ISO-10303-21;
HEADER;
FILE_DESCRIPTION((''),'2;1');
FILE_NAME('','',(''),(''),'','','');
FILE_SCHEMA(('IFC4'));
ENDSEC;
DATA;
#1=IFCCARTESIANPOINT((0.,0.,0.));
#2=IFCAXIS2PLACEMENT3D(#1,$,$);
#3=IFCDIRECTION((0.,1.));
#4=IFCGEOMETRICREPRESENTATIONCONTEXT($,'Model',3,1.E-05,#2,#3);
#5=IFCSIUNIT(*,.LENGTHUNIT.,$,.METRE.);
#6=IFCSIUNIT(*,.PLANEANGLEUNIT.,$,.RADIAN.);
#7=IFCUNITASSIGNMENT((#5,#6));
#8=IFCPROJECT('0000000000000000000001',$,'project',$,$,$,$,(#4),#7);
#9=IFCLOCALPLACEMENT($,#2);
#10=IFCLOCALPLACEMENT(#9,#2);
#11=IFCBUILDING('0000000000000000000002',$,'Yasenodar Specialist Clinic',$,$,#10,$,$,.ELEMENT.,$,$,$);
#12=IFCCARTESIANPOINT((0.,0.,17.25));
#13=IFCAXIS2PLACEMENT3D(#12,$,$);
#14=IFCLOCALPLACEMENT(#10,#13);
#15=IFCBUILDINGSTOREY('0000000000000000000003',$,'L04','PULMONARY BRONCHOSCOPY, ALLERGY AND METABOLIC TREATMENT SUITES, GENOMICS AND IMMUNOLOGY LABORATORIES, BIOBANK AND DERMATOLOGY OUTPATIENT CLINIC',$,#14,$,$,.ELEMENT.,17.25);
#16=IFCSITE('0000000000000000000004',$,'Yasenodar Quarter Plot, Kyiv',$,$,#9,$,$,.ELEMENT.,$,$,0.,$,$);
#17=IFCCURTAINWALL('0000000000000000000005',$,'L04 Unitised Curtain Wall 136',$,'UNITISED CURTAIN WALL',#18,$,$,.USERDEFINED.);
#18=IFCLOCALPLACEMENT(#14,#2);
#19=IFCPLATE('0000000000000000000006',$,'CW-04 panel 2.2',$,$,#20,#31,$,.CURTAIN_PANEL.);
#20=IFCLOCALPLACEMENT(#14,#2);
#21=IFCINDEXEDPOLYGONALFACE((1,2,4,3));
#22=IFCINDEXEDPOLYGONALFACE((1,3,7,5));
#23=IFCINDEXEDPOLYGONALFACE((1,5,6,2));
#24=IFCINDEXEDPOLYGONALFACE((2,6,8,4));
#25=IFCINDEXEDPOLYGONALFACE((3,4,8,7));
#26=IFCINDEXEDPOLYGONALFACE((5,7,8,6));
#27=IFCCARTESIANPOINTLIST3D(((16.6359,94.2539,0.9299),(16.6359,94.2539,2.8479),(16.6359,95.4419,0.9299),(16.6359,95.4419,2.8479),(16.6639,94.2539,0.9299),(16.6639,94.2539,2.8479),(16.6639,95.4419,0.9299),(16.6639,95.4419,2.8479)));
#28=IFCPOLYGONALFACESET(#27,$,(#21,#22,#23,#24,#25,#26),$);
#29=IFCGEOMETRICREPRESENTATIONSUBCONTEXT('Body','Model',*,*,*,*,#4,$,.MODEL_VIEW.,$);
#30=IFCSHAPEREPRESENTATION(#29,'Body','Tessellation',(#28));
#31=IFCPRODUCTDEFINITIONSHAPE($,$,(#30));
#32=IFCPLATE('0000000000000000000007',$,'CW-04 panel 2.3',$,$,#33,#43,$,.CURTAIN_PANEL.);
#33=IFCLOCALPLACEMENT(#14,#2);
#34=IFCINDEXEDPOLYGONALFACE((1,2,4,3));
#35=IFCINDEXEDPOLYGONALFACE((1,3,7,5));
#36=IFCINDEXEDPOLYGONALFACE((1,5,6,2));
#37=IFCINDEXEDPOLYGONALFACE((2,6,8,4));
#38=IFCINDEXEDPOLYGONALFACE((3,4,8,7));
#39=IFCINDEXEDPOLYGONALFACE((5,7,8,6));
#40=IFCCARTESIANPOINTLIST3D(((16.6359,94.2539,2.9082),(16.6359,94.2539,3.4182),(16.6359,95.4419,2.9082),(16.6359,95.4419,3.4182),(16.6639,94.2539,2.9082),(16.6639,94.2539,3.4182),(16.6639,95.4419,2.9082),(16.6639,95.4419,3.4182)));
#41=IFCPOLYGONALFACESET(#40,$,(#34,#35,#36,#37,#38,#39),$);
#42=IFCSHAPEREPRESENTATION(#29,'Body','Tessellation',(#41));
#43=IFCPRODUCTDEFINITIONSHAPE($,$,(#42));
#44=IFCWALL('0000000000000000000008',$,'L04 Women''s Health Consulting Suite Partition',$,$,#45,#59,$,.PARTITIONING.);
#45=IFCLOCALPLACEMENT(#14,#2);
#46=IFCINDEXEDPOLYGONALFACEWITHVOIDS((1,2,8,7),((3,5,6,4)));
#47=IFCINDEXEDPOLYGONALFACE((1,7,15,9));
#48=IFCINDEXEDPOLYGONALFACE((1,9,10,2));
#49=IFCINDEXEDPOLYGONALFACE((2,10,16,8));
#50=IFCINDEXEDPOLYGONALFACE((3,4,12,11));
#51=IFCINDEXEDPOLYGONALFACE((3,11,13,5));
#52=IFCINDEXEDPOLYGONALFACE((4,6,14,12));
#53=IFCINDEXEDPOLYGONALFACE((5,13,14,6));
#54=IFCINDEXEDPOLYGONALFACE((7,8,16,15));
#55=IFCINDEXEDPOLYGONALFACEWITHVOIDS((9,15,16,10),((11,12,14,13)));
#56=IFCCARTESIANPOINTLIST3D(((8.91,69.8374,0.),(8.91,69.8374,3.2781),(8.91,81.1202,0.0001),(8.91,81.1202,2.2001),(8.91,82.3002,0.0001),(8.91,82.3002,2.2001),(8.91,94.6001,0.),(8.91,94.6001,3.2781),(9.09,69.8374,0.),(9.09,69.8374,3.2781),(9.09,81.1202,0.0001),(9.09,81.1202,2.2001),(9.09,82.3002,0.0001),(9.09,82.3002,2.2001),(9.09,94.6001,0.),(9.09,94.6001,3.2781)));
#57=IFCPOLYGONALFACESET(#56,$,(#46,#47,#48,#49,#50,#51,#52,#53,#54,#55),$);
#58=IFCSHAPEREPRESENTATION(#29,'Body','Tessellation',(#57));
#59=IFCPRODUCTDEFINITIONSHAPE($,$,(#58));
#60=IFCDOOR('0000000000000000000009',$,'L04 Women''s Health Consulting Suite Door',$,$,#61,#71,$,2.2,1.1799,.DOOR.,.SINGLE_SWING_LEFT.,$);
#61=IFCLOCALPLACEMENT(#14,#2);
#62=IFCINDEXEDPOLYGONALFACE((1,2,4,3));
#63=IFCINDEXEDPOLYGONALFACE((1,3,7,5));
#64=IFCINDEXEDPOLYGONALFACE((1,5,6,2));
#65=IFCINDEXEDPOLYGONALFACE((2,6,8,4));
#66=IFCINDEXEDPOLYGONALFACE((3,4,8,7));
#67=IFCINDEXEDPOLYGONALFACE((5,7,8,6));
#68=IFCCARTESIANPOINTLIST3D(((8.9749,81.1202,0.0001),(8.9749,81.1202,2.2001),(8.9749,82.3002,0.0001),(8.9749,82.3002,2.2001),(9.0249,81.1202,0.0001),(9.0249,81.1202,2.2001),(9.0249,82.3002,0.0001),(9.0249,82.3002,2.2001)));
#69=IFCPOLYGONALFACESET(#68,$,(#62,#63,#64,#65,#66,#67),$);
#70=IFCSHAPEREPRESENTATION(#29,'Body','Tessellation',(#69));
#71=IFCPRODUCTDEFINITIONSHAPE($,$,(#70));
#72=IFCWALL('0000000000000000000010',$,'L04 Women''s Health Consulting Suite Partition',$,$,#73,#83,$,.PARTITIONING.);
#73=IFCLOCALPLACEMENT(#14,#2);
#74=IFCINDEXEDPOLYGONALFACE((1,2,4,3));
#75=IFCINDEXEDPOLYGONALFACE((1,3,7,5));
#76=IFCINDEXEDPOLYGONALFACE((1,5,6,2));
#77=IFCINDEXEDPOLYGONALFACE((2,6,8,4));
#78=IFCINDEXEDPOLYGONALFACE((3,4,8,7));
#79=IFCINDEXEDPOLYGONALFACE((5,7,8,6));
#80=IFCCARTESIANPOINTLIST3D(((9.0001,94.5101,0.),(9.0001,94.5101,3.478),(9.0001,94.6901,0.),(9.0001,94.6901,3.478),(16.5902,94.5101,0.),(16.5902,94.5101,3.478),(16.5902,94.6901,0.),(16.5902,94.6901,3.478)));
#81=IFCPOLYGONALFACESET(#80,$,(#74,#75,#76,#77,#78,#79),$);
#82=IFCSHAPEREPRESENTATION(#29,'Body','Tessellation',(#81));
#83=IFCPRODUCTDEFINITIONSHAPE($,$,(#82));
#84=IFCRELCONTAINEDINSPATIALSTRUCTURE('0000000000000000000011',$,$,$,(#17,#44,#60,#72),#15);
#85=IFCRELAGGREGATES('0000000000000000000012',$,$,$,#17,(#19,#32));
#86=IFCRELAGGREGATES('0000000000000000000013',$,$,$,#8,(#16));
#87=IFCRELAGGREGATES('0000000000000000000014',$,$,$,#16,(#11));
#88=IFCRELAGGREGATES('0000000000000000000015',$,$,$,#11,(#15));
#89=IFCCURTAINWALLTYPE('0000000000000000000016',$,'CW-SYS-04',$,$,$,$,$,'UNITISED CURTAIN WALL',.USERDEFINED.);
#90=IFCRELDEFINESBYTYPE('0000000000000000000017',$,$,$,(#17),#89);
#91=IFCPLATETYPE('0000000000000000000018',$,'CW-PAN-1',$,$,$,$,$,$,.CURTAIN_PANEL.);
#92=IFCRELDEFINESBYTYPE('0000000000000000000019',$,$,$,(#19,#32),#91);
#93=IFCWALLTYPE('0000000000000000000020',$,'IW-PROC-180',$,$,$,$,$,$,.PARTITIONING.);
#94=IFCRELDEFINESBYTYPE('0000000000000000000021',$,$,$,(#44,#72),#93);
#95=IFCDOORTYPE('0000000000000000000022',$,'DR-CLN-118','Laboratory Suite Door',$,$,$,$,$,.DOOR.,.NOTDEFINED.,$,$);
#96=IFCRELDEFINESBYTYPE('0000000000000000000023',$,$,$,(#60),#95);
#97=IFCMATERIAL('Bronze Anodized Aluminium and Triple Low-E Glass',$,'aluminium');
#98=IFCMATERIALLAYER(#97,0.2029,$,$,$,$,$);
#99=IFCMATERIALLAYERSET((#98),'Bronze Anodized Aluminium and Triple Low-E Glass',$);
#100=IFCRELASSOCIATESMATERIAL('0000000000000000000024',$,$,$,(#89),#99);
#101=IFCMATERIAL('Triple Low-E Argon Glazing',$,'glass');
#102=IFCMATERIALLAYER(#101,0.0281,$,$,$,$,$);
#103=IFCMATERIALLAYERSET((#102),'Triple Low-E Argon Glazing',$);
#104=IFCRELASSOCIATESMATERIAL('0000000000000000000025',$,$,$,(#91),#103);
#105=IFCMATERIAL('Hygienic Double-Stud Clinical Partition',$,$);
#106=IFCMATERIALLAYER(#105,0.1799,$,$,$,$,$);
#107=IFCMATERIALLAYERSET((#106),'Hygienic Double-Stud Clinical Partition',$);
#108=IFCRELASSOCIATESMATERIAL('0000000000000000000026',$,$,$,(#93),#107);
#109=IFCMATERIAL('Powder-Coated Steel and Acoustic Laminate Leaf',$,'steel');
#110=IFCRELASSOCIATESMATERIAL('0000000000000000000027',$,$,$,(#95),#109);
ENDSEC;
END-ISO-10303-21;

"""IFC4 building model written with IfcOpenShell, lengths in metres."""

from ifc_helpers import new_model, si_unit, direction, frame, frame_2d, origin, origin_2d, place, context, subcontext, project, spatial, rectangle, extrude, material, layer, layer_set, type_object, element, fill, aggregate, save


model = new_model("IFC4")

# Units and contexts
model_context = context("Model", 3, precision=1e-05, world=origin(), true_north=direction((0.0, 1.0)))
body_context = subcontext(model_context, "Body", "Model", "MODEL_VIEW")
ifc_project = project(units=[si_unit("LENGTHUNIT", "METRE"), si_unit("PLANEANGLEUNIT", "RADIAN")], contexts=[model_context])

# Site, building, storey
site_placement = place(None, origin())
site = spatial("IfcSite", under=ifc_project, at=site_placement, Name="Yasenodar Quarter Plot, Kyiv", CompositionType="ELEMENT", RefElevation=0.0)
building_placement = place(site_placement, origin())
building = spatial("IfcBuilding", under=site, at=building_placement, Name="Yasenodar Specialist Clinic", CompositionType="ELEMENT")
storey_placement = place(building_placement, frame((0.0, 0.0, 17.25)))
storey = spatial("IfcBuildingStorey", under=building, at=storey_placement, Name="L04", Description="PULMONARY BRONCHOSCOPY, ALLERGY AND METABOLIC TREATMENT SUITES, GENOMICS AND IMMUNOLOGY LABORATORIES, BIOBANK AND DERMATOLOGY OUTPATIENT CLINIC", CompositionType="ELEMENT", Elevation=17.25)

# Curtain wall
ifc_material_1 = material(Name="Bronze Anodized Aluminium and Triple Low-E Glass", Category="aluminium")
ifc_layer_1 = layer(ifc_material_1, 0.2029)
ifc_layer_set_1 = layer_set([ifc_layer_1], Name="Bronze Anodized Aluminium and Triple Low-E Glass")
curtain_wall_type = type_object("IfcCurtainWallType", Name="CW-SYS-04", ElementType="UNITISED CURTAIN WALL", PredefinedType="USERDEFINED", material=ifc_layer_set_1)
curtain_wall_placement = place(storey_placement, origin())
curtain_wall = element("IfcCurtainWall", 1, at=curtain_wall_placement, inside=storey, type_object=curtain_wall_type, Name="L04 Unitised Curtain Wall 136", ObjectType="UNITISED CURTAIN WALL", PredefinedType="USERDEFINED")

# Plates
ifc_material_2 = material(Name="Triple Low-E Argon Glazing", Category="glass")
ifc_layer_2 = layer(ifc_material_2, 0.0281)
ifc_layer_set_2 = layer_set([ifc_layer_2], Name="Triple Low-E Argon Glazing")
plate_type = type_object("IfcPlateType", Name="CW-PAN-1", PredefinedType="CURTAIN_PANEL", material=ifc_layer_set_2)
plate_1_placement = place(storey_placement, frame((16.6499, 94.8479, 0.9299), z_axis=(0.0, 0.0, 1.0), x_axis=(0.0, -1.0, 0.0)))
plate_1 = element("IfcPlate", 2, at=plate_1_placement, type_object=plate_type, Name="CW-04 panel 2.2", PredefinedType="CURTAIN_PANEL", context=body_context, shape_type="SweptSolid", body=[
    extrude(rectangle(XDim=1.188, YDim=0.0281, at=origin_2d()), origin(), (0.0, 0.0, 1.0), 1.918),
])
plate_2_placement = place(storey_placement, frame((16.6499, 94.8479, 2.9082), z_axis=(0.0, 0.0, 1.0), x_axis=(0.0, -1.0, 0.0)))
plate_2 = element("IfcPlate", 3, at=plate_2_placement, type_object=plate_type, Name="CW-04 panel 2.3", PredefinedType="CURTAIN_PANEL", context=body_context, shape_type="SweptSolid", body=[
    extrude(rectangle(XDim=1.188, YDim=0.0281, at=origin_2d()), origin(), (0.0, 0.0, 1.0), 0.51),
])
aggregate(curtain_wall, [plate_1, plate_2])

# Wall, opening, door
ifc_material_3 = material(Name="Hygienic Double-Stud Clinical Partition")
ifc_layer_3 = layer(ifc_material_3, 0.1799)
ifc_layer_set_3 = layer_set([ifc_layer_3], Name="Hygienic Double-Stud Clinical Partition")
wall_type = type_object("IfcWallType", Name="IW-PROC-180", PredefinedType="PARTITIONING", material=ifc_layer_set_3)
wall_1_placement = place(storey_placement, frame((9.0, 94.6001, 0.0), z_axis=(0.0, 0.0, 1.0), x_axis=(0.0, -1.0, 0.0)))
wall_1 = element("IfcWall", 4, at=wall_1_placement, inside=storey, type_object=wall_type, Name="L04 Women's Health Consulting Suite Partition", PredefinedType="PARTITIONING", context=body_context, shape_type="SweptSolid", body=[
    extrude(rectangle(XDim=24.7627, YDim=0.1799, at=frame_2d((12.3813, 0.0))), origin(), (0.0, 0.0, 1.0), 3.2781),
])
opening_placement = place(wall_1_placement, frame((12.3, 0.0, 0.0)))
opening = element("IfcOpeningElement", 5, at=opening_placement, cuts=wall_1, PredefinedType="OPENING", context=body_context, shape_type="SweptSolid", body=[
    extrude(rectangle(XDim=1.1799, YDim=2.2, at=frame_2d((0.5898, 1.1001))), frame((0.0, 0.1001, 0.0), z_axis=(0.0, -1.0, 0.0), x_axis=(1.0, 0.0, 0.0)), (0.0, 0.0, 1.0), 0.2),
])
ifc_material_4 = material(Name="Powder-Coated Steel and Acoustic Laminate Leaf", Category="steel")
door_type = type_object("IfcDoorType", Name="DR-CLN-118", Description="Laboratory Suite Door", OperationType="NOTDEFINED", PredefinedType="DOOR", material=ifc_material_4)
door_placement = place(opening_placement, origin())
door = element("IfcDoor", 6, at=door_placement, inside=storey, type_object=door_type, Name="L04 Women's Health Consulting Suite Door", OperationType="SINGLE_SWING_LEFT", OverallHeight=2.2, OverallWidth=1.1799, PredefinedType="DOOR", context=body_context, shape_type="SweptSolid", body=[
    extrude(rectangle(XDim=1.1799, YDim=2.2, at=frame_2d((0.5898, 1.1001))), frame((0.0, 0.0249, 0.0), z_axis=(0.0, -1.0, 0.0), x_axis=(1.0, 0.0, 0.0)), (0.0, 0.0, 1.0), 0.05),
])
fill(opening, door)

# Wall
wall_2_placement = place(storey_placement, frame((16.5901, 94.6001, 0.0), z_axis=(0.0, 0.0, 1.0), x_axis=(-1.0, 0.0, 0.0)))
element("IfcWall", 7, at=wall_2_placement, inside=storey, type_object=wall_type, Name="L04 Women's Health Consulting Suite Partition", PredefinedType="PARTITIONING", context=body_context, shape_type="SweptSolid", body=[
    extrude(rectangle(XDim=7.5901, YDim=0.1799, at=frame_2d((3.7949, 0.0))), origin(), (0.0, 0.0, 1.0), 3.478),
])

save(model, "model.ifc")
